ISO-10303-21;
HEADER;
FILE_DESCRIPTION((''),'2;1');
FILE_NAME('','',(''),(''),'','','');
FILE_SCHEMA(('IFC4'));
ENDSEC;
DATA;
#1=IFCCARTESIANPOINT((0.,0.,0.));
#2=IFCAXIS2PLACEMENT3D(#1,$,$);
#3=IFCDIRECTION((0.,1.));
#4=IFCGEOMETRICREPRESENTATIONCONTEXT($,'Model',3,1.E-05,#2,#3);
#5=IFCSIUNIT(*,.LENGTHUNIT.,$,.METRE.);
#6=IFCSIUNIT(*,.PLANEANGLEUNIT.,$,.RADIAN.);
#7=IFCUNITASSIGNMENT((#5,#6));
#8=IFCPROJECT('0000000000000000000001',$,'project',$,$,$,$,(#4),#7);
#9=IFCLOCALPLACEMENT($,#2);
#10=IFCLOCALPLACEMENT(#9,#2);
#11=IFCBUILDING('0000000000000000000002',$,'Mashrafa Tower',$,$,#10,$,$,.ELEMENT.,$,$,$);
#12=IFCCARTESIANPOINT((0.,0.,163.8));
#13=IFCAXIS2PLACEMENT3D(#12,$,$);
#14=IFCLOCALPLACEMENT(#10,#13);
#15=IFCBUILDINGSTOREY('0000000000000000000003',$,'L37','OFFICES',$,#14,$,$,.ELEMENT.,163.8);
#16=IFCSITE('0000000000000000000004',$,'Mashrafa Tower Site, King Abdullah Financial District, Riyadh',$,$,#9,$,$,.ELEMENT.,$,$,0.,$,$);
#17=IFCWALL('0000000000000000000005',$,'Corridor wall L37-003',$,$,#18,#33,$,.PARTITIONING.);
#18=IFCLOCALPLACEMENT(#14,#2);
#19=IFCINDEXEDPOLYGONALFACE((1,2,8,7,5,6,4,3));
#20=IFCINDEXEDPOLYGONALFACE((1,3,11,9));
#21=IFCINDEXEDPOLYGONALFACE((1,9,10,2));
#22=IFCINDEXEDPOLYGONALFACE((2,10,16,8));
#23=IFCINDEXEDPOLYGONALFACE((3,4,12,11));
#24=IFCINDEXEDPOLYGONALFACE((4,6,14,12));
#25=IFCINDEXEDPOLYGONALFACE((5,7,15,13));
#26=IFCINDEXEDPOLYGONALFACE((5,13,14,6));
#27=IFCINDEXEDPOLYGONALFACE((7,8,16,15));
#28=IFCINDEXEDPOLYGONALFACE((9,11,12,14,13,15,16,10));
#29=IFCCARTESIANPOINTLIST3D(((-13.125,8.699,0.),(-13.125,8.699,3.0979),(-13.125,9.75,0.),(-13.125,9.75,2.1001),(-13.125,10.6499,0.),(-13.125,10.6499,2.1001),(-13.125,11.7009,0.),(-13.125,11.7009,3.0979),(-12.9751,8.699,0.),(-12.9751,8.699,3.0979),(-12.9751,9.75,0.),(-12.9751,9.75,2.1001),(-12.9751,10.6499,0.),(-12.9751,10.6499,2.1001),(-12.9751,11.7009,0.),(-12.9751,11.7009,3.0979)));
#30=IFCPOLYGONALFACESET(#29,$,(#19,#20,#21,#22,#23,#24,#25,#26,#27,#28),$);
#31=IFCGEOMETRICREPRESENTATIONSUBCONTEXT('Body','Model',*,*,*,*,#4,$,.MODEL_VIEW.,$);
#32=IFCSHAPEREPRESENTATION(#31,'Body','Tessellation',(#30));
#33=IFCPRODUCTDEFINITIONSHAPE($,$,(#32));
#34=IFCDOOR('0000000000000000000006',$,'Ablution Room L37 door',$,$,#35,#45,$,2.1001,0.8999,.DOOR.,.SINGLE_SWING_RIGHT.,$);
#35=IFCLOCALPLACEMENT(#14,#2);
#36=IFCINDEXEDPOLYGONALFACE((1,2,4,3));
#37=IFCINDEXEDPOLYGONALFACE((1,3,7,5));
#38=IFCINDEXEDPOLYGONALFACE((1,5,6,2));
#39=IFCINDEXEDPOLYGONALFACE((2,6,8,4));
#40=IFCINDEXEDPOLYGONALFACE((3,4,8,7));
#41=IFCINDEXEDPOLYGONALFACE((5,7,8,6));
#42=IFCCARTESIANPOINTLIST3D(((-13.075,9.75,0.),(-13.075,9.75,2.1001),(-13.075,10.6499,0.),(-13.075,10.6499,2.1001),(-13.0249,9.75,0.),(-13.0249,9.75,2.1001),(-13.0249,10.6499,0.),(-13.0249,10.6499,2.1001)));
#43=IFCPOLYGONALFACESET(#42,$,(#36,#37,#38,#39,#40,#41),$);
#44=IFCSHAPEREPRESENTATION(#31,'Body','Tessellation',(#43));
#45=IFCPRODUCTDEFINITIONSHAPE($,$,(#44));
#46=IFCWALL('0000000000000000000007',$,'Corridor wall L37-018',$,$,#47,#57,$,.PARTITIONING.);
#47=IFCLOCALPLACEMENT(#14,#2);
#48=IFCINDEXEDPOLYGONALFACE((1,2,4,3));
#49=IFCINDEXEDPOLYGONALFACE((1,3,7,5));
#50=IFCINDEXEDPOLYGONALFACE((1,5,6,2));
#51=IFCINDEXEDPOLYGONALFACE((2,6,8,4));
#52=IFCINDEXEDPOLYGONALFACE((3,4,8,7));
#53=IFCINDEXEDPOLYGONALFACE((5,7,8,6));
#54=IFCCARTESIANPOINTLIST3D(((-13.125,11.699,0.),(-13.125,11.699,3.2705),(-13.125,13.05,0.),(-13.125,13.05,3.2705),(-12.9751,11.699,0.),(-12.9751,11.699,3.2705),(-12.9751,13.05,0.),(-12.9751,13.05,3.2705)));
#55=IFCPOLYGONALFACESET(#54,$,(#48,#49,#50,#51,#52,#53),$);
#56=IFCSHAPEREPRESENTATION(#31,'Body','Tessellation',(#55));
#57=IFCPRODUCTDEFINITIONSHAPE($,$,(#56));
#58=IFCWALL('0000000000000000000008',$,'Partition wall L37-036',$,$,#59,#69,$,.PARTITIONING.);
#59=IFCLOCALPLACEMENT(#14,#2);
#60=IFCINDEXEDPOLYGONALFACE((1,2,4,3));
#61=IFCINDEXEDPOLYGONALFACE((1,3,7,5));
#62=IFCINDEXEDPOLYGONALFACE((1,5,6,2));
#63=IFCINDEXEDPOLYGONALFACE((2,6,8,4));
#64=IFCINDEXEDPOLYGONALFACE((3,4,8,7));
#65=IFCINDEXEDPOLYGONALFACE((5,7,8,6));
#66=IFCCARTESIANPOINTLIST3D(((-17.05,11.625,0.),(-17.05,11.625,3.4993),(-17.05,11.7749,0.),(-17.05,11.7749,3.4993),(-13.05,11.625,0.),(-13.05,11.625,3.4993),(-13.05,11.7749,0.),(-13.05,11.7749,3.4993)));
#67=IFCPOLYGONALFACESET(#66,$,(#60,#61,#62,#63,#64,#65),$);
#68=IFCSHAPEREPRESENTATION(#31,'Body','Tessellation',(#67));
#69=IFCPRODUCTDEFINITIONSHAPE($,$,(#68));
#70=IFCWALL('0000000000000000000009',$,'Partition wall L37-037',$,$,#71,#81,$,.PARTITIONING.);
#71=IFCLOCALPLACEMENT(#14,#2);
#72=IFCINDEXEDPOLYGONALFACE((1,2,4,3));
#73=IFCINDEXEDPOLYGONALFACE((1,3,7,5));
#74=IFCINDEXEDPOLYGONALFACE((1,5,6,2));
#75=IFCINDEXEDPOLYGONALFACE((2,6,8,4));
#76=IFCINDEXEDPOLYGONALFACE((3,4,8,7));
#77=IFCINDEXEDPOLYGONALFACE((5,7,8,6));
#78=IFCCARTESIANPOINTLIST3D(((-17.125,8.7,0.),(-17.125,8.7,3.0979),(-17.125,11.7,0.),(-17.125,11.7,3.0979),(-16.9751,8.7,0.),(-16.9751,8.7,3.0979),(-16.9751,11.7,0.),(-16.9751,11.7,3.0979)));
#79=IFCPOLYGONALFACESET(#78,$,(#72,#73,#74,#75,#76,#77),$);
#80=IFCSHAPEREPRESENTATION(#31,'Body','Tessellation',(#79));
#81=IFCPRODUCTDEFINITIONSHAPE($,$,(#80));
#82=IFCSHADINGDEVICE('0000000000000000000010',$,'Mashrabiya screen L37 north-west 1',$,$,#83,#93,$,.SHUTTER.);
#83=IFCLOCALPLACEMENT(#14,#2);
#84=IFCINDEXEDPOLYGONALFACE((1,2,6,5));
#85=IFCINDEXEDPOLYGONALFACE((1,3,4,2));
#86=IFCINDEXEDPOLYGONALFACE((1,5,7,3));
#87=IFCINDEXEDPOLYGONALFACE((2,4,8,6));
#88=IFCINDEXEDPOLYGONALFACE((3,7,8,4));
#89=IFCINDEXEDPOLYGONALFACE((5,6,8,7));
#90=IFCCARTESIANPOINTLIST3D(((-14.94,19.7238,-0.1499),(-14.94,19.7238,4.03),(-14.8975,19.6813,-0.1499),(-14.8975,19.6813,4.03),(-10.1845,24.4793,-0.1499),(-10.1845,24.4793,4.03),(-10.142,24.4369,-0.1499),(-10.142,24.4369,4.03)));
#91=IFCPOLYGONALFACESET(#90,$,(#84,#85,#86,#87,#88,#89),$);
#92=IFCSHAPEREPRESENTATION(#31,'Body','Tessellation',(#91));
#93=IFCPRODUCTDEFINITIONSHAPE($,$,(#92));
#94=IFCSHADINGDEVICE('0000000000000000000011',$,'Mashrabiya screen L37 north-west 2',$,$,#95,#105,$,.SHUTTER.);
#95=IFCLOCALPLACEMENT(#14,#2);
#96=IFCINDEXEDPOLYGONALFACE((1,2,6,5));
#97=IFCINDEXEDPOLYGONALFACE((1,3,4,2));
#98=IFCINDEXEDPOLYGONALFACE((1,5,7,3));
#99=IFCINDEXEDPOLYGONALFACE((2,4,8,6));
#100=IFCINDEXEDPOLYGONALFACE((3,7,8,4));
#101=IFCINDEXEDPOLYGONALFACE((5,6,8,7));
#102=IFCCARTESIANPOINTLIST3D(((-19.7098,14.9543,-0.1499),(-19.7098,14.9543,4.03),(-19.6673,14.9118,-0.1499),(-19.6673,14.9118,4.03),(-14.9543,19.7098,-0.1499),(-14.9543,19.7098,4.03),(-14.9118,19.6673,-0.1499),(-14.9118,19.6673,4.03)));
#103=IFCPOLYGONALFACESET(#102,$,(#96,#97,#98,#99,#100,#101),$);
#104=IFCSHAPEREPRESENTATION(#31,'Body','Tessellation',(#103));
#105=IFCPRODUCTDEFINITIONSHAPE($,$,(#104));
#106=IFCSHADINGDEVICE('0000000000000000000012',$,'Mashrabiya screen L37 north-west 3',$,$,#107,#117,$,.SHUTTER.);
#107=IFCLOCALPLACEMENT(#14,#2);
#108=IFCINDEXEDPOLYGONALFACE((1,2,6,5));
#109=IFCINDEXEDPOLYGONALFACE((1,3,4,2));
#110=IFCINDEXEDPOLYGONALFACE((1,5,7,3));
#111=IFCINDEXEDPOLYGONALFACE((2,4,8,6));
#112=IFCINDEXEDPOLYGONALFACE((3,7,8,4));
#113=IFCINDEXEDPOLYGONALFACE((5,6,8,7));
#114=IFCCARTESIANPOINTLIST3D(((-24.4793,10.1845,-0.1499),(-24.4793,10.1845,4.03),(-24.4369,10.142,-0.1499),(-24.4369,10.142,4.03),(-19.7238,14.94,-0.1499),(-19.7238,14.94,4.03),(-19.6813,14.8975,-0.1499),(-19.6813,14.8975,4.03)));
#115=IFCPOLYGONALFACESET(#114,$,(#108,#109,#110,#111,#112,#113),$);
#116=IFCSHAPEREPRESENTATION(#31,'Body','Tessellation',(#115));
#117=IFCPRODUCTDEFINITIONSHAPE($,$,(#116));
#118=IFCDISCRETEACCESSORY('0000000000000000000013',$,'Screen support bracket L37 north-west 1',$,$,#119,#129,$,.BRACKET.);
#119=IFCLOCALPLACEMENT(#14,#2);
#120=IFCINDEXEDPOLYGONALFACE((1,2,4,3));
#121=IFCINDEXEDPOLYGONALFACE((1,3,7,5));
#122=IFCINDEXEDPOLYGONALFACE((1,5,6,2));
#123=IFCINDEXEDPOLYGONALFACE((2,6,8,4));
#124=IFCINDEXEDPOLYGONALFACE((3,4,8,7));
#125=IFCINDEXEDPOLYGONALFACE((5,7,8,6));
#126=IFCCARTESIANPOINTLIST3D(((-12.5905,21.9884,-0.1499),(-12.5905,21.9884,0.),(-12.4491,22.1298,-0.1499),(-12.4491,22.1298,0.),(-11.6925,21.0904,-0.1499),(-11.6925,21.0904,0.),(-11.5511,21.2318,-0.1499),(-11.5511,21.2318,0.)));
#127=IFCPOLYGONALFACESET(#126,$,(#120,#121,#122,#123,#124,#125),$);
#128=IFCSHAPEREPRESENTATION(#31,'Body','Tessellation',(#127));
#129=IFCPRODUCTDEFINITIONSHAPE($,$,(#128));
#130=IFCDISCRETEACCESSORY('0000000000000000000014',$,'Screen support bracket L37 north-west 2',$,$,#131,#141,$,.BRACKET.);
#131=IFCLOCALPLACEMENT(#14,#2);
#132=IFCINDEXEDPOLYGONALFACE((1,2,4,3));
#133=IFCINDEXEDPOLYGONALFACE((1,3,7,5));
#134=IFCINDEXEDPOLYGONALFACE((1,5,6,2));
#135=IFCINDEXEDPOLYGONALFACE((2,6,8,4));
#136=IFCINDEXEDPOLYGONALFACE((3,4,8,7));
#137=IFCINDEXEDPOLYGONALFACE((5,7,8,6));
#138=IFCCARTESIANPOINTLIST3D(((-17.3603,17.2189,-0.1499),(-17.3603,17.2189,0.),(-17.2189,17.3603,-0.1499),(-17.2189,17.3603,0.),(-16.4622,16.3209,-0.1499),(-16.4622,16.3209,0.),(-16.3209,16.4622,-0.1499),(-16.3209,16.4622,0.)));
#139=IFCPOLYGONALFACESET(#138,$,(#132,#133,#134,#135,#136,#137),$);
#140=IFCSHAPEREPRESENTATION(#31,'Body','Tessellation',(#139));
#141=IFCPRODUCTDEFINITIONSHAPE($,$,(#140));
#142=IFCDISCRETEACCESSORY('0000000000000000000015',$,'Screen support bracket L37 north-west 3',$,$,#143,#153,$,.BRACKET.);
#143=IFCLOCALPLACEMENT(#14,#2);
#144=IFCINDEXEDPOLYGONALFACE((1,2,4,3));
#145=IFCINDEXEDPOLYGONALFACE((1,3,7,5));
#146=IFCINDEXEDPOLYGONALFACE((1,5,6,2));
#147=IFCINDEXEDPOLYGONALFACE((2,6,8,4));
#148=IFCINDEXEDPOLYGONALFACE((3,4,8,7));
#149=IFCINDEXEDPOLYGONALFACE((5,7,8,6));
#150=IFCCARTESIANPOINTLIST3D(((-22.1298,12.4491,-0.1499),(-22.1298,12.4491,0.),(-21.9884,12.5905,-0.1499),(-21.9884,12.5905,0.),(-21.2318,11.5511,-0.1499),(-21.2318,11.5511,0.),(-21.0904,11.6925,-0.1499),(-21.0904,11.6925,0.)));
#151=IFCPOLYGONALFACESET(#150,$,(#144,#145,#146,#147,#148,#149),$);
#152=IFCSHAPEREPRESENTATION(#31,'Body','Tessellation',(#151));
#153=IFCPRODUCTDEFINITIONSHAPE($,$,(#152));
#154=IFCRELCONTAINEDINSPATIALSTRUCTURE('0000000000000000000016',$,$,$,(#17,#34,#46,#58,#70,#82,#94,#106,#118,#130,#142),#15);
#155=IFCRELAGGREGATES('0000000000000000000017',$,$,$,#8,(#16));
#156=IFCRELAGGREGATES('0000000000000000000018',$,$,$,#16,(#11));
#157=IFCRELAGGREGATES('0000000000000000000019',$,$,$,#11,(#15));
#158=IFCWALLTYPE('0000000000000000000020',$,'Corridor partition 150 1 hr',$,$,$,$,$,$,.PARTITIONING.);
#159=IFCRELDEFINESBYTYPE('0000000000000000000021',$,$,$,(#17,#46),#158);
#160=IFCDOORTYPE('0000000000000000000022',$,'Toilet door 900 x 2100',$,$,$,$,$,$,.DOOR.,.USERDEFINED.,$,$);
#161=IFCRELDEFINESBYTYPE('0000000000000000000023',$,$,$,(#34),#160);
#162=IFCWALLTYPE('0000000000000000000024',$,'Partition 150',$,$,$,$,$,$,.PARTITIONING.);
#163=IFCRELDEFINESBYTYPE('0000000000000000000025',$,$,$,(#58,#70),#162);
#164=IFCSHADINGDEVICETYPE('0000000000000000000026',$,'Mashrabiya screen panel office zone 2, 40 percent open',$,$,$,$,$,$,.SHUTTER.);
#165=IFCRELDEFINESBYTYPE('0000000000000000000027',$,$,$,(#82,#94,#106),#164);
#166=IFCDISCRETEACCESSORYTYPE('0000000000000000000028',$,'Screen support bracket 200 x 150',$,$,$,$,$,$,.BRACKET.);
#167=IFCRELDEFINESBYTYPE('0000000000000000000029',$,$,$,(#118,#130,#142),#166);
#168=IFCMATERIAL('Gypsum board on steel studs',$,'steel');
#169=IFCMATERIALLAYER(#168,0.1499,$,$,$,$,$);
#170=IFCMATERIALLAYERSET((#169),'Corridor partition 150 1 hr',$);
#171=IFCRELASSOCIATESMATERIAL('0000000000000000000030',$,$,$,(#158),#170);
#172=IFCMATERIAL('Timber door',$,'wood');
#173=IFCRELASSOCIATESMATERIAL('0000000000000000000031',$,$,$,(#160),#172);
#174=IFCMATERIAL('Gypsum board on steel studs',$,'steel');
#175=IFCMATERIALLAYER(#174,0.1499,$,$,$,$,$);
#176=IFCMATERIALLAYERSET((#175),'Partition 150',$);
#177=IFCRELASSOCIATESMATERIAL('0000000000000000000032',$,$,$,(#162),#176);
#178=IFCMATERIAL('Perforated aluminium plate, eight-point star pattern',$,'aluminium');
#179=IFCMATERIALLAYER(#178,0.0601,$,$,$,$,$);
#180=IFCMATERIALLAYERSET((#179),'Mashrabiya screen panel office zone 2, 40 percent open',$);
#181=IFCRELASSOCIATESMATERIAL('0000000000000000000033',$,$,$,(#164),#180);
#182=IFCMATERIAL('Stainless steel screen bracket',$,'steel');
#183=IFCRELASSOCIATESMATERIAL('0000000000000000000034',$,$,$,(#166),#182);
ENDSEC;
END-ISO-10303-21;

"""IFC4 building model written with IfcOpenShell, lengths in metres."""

from ifc_helpers import new_model, si_unit, direction, frame, frame_2d, origin, origin_2d, place, context, subcontext, project, spatial, rectangle, extrude, source, transform, mapped, material, layer, layer_set, type_object, type_shapes, element, fill, save


model = new_model("IFC4")

# Units and contexts
model_context = context("Model", 3, precision=1e-05, world=origin(), true_north=direction((0.0, 1.0)))
body_context = subcontext(model_context, "Body", "Model", "MODEL_VIEW")
ifc_project = project(units=[si_unit("LENGTHUNIT", "METRE"), si_unit("PLANEANGLEUNIT", "RADIAN")], contexts=[model_context])

# Site, building, storey
site_placement = place(None, origin())
site = spatial("IfcSite", under=ifc_project, at=site_placement, Name="Mashrafa Tower Site, King Abdullah Financial District, Riyadh", CompositionType="ELEMENT", RefElevation=0.0)
building_placement = place(site_placement, origin())
building = spatial("IfcBuilding", under=site, at=building_placement, Name="Mashrafa Tower", CompositionType="ELEMENT")
storey_placement = place(building_placement, frame((0.0, 0.0, 163.8)))
storey = spatial("IfcBuildingStorey", under=building, at=storey_placement, Name="L37", Description="OFFICES", CompositionType="ELEMENT", Elevation=163.8)

# Wall, opening, door
ifc_material_1 = material(Name="Gypsum board on steel studs", Category="steel")
ifc_layer_1 = layer(ifc_material_1, 0.1499)
ifc_layer_set_1 = layer_set([ifc_layer_1], Name="Corridor partition 150 1 hr")
wall_type_1 = type_object("IfcWallType", Name="Corridor partition 150 1 hr", PredefinedType="PARTITIONING", material=ifc_layer_set_1)
wall_1_placement = place(storey_placement, frame((-13.05, 11.7009, 0.0), z_axis=(0.0, 0.0, 1.0), x_axis=(0.0, -1.0, 0.0)))
wall_1 = element("IfcWall", 1, at=wall_1_placement, inside=storey, type_object=wall_type_1, Name="Corridor wall L37-003", PredefinedType="PARTITIONING", context=body_context, shape_type="SweptSolid", body=[
    extrude(rectangle(XDim=3.002, YDim=0.1499, at=frame_2d((1.501, 0.0))), origin(), (0.0, 0.0, 1.0), 3.0979),
])
opening_placement = place(wall_1_placement, frame((1.051, 0.0, 0.0)))
opening = element("IfcOpeningElement", 2, at=opening_placement, cuts=wall_1, PredefinedType="OPENING", context=body_context, shape_type="SweptSolid", body=[
    extrude(rectangle(XDim=0.8999, YDim=2.1001, at=frame_2d((0.45, 1.05))), frame((0.0, 0.085, 0.0), z_axis=(0.0, -1.0, 0.0), x_axis=(1.0, 0.0, 0.0)), (0.0, 0.0, 1.0), 0.1699),
])
ifc_material_2 = material(Name="Timber door", Category="wood")
door_type = type_object("IfcDoorType", Name="Toilet door 900 x 2100", OperationType="USERDEFINED", PredefinedType="DOOR", material=ifc_material_2)
door_placement = place(opening_placement, frame((0.8999, 0.0, 0.0), z_axis=(0.0, 0.0, 1.0), x_axis=(-1.0, 0.0, 0.0)))
door = element("IfcDoor", 3, at=door_placement, inside=storey, type_object=door_type, Name="Ablution Room L37 door", OperationType="SINGLE_SWING_RIGHT", OverallHeight=2.1001, OverallWidth=0.8999, PredefinedType="DOOR", context=body_context, shape_type="SweptSolid", body=[
    extrude(rectangle(XDim=0.8999, YDim=2.1001, at=frame_2d((0.45, 1.05))), frame((0.0, 0.0249, 0.0), z_axis=(0.0, -1.0, 0.0), x_axis=(1.0, 0.0, 0.0)), (0.0, 0.0, 1.0), 0.05),
])
fill(opening, door)

# Walls
wall_2_placement = place(storey_placement, frame((-13.05, 13.05, 0.0), z_axis=(0.0, 0.0, 1.0), x_axis=(0.0, -1.0, 0.0)))
element("IfcWall", 4, at=wall_2_placement, inside=storey, type_object=wall_type_1, Name="Corridor wall L37-018", PredefinedType="PARTITIONING", context=body_context, shape_type="SweptSolid", body=[
    extrude(rectangle(XDim=1.3511, YDim=0.1499, at=frame_2d((0.6755, 0.0))), origin(), (0.0, 0.0, 1.0), 3.2705),
])
ifc_material_3 = material(Name="Gypsum board on steel studs", Category="steel")
ifc_layer_2 = layer(ifc_material_3, 0.1499)
ifc_layer_set_2 = layer_set([ifc_layer_2], Name="Partition 150")
wall_type_2 = type_object("IfcWallType", Name="Partition 150", PredefinedType="PARTITIONING", material=ifc_layer_set_2)
wall_3_placement = place(storey_placement, frame((-13.05, 11.7, 0.0), z_axis=(0.0, 0.0, 1.0), x_axis=(-1.0, 0.0, 0.0)))
element("IfcWall", 5, at=wall_3_placement, inside=storey, type_object=wall_type_2, Name="Partition wall L37-036", PredefinedType="PARTITIONING", context=body_context, shape_type="SweptSolid", body=[
    extrude(rectangle(XDim=4.0, YDim=0.1499, at=frame_2d((2.0, 0.0))), origin(), (0.0, 0.0, 1.0), 3.4993),
])
wall_4_placement = place(storey_placement, frame((-17.05, 11.7, 0.0), z_axis=(0.0, 0.0, 1.0), x_axis=(0.0, -1.0, 0.0)))
element("IfcWall", 6, at=wall_4_placement, inside=storey, type_object=wall_type_2, Name="Partition wall L37-037", PredefinedType="PARTITIONING", context=body_context, shape_type="SweptSolid", body=[
    extrude(rectangle(XDim=3.0, YDim=0.1499, at=frame_2d((1.5, 0.0))), origin(), (0.0, 0.0, 1.0), 3.0979),
])

# Shading devices
ifc_material_4 = material(Name="Perforated aluminium plate, eight-point star pattern", Category="aluminium")
ifc_layer_3 = layer(ifc_material_4, 0.0601)
ifc_layer_set_3 = layer_set([ifc_layer_3], Name="Mashrabiya screen panel office zone 2, 40 percent open")
shading_device_type = type_object("IfcShadingDeviceType", Name="Mashrabiya screen panel office zone 2, 40 percent open", PredefinedType="SHUTTER", material=ifc_layer_set_3)
shared_shape_1 = source(origin(), body_context, "Body", "SweptSolid", [
    extrude(rectangle(XDim=6.7253, YDim=0.0601, at=origin_2d()), origin(), (0.0, 0.0, 1.0), 4.1799),
])
type_shapes(shading_device_type, [shared_shape_1])
for number, where, z_axis, x_axis, name in (
    (7, (-12.541, 22.0803, -0.1499), (0.0, 0.0, 1.0), (-0.707107, -0.707107, 0.0), "Mashrabiya screen L37 north-west 1"),
    (8, (-17.3108, 17.3108, -0.1499), (0.0, 0.0, 1.0), (-0.707107, -0.707107, 0.0), "Mashrabiya screen L37 north-west 2"),
    (9, (-22.0803, 12.541, -0.1499), (0.0, 0.0, 1.0), (-0.707107, -0.707107, 0.0), "Mashrabiya screen L37 north-west 3"),
):
    element("IfcShadingDevice", number, at=place(storey_placement, frame(where, z_axis=z_axis, x_axis=x_axis)), inside=storey, type_object=shading_device_type, Name=name, PredefinedType="SHUTTER", context=body_context, shape_type="MappedRepresentation", body=[
        mapped(shared_shape_1, transform((0.0, 0.0, 0.0))),
    ])

# Discrete accessories
ifc_material_5 = material(Name="Stainless steel screen bracket", Category="steel")
discrete_accessory_type = type_object("IfcDiscreteAccessoryType", Name="Screen support bracket 200 x 150", PredefinedType="BRACKET", material=ifc_material_5)
shared_shape_2 = source(origin(), body_context, "Body", "SweptSolid", [
    extrude(rectangle(XDim=0.2, YDim=1.27, at=origin_2d()), origin(), (0.0, 0.0, 1.0), 0.1499),
])
type_shapes(discrete_accessory_type, [shared_shape_2])
for number, where, z_axis, x_axis, name in (
    (10, (-12.0708, 21.6101, -0.1499), (0.0, 0.0, 1.0), (-0.707107, -0.707107, 0.0), "Screen support bracket L37 north-west 1"),
    (11, (-16.8406, 16.8406, -0.1499), (0.0, 0.0, 1.0), (-0.707107, -0.707107, 0.0), "Screen support bracket L37 north-west 2"),
    (12, (-21.6101, 12.0708, -0.1499), (0.0, 0.0, 1.0), (-0.707107, -0.707107, 0.0), "Screen support bracket L37 north-west 3"),
):
    element("IfcDiscreteAccessory", number, at=place(storey_placement, frame(where, z_axis=z_axis, x_axis=x_axis)), inside=storey, type_object=discrete_accessory_type, Name=name, PredefinedType="BRACKET", context=body_context, shape_type="MappedRepresentation", body=[
        mapped(shared_shape_2, transform((0.0, 0.0, 0.0))),
    ])

save(model, "model.ifc")
